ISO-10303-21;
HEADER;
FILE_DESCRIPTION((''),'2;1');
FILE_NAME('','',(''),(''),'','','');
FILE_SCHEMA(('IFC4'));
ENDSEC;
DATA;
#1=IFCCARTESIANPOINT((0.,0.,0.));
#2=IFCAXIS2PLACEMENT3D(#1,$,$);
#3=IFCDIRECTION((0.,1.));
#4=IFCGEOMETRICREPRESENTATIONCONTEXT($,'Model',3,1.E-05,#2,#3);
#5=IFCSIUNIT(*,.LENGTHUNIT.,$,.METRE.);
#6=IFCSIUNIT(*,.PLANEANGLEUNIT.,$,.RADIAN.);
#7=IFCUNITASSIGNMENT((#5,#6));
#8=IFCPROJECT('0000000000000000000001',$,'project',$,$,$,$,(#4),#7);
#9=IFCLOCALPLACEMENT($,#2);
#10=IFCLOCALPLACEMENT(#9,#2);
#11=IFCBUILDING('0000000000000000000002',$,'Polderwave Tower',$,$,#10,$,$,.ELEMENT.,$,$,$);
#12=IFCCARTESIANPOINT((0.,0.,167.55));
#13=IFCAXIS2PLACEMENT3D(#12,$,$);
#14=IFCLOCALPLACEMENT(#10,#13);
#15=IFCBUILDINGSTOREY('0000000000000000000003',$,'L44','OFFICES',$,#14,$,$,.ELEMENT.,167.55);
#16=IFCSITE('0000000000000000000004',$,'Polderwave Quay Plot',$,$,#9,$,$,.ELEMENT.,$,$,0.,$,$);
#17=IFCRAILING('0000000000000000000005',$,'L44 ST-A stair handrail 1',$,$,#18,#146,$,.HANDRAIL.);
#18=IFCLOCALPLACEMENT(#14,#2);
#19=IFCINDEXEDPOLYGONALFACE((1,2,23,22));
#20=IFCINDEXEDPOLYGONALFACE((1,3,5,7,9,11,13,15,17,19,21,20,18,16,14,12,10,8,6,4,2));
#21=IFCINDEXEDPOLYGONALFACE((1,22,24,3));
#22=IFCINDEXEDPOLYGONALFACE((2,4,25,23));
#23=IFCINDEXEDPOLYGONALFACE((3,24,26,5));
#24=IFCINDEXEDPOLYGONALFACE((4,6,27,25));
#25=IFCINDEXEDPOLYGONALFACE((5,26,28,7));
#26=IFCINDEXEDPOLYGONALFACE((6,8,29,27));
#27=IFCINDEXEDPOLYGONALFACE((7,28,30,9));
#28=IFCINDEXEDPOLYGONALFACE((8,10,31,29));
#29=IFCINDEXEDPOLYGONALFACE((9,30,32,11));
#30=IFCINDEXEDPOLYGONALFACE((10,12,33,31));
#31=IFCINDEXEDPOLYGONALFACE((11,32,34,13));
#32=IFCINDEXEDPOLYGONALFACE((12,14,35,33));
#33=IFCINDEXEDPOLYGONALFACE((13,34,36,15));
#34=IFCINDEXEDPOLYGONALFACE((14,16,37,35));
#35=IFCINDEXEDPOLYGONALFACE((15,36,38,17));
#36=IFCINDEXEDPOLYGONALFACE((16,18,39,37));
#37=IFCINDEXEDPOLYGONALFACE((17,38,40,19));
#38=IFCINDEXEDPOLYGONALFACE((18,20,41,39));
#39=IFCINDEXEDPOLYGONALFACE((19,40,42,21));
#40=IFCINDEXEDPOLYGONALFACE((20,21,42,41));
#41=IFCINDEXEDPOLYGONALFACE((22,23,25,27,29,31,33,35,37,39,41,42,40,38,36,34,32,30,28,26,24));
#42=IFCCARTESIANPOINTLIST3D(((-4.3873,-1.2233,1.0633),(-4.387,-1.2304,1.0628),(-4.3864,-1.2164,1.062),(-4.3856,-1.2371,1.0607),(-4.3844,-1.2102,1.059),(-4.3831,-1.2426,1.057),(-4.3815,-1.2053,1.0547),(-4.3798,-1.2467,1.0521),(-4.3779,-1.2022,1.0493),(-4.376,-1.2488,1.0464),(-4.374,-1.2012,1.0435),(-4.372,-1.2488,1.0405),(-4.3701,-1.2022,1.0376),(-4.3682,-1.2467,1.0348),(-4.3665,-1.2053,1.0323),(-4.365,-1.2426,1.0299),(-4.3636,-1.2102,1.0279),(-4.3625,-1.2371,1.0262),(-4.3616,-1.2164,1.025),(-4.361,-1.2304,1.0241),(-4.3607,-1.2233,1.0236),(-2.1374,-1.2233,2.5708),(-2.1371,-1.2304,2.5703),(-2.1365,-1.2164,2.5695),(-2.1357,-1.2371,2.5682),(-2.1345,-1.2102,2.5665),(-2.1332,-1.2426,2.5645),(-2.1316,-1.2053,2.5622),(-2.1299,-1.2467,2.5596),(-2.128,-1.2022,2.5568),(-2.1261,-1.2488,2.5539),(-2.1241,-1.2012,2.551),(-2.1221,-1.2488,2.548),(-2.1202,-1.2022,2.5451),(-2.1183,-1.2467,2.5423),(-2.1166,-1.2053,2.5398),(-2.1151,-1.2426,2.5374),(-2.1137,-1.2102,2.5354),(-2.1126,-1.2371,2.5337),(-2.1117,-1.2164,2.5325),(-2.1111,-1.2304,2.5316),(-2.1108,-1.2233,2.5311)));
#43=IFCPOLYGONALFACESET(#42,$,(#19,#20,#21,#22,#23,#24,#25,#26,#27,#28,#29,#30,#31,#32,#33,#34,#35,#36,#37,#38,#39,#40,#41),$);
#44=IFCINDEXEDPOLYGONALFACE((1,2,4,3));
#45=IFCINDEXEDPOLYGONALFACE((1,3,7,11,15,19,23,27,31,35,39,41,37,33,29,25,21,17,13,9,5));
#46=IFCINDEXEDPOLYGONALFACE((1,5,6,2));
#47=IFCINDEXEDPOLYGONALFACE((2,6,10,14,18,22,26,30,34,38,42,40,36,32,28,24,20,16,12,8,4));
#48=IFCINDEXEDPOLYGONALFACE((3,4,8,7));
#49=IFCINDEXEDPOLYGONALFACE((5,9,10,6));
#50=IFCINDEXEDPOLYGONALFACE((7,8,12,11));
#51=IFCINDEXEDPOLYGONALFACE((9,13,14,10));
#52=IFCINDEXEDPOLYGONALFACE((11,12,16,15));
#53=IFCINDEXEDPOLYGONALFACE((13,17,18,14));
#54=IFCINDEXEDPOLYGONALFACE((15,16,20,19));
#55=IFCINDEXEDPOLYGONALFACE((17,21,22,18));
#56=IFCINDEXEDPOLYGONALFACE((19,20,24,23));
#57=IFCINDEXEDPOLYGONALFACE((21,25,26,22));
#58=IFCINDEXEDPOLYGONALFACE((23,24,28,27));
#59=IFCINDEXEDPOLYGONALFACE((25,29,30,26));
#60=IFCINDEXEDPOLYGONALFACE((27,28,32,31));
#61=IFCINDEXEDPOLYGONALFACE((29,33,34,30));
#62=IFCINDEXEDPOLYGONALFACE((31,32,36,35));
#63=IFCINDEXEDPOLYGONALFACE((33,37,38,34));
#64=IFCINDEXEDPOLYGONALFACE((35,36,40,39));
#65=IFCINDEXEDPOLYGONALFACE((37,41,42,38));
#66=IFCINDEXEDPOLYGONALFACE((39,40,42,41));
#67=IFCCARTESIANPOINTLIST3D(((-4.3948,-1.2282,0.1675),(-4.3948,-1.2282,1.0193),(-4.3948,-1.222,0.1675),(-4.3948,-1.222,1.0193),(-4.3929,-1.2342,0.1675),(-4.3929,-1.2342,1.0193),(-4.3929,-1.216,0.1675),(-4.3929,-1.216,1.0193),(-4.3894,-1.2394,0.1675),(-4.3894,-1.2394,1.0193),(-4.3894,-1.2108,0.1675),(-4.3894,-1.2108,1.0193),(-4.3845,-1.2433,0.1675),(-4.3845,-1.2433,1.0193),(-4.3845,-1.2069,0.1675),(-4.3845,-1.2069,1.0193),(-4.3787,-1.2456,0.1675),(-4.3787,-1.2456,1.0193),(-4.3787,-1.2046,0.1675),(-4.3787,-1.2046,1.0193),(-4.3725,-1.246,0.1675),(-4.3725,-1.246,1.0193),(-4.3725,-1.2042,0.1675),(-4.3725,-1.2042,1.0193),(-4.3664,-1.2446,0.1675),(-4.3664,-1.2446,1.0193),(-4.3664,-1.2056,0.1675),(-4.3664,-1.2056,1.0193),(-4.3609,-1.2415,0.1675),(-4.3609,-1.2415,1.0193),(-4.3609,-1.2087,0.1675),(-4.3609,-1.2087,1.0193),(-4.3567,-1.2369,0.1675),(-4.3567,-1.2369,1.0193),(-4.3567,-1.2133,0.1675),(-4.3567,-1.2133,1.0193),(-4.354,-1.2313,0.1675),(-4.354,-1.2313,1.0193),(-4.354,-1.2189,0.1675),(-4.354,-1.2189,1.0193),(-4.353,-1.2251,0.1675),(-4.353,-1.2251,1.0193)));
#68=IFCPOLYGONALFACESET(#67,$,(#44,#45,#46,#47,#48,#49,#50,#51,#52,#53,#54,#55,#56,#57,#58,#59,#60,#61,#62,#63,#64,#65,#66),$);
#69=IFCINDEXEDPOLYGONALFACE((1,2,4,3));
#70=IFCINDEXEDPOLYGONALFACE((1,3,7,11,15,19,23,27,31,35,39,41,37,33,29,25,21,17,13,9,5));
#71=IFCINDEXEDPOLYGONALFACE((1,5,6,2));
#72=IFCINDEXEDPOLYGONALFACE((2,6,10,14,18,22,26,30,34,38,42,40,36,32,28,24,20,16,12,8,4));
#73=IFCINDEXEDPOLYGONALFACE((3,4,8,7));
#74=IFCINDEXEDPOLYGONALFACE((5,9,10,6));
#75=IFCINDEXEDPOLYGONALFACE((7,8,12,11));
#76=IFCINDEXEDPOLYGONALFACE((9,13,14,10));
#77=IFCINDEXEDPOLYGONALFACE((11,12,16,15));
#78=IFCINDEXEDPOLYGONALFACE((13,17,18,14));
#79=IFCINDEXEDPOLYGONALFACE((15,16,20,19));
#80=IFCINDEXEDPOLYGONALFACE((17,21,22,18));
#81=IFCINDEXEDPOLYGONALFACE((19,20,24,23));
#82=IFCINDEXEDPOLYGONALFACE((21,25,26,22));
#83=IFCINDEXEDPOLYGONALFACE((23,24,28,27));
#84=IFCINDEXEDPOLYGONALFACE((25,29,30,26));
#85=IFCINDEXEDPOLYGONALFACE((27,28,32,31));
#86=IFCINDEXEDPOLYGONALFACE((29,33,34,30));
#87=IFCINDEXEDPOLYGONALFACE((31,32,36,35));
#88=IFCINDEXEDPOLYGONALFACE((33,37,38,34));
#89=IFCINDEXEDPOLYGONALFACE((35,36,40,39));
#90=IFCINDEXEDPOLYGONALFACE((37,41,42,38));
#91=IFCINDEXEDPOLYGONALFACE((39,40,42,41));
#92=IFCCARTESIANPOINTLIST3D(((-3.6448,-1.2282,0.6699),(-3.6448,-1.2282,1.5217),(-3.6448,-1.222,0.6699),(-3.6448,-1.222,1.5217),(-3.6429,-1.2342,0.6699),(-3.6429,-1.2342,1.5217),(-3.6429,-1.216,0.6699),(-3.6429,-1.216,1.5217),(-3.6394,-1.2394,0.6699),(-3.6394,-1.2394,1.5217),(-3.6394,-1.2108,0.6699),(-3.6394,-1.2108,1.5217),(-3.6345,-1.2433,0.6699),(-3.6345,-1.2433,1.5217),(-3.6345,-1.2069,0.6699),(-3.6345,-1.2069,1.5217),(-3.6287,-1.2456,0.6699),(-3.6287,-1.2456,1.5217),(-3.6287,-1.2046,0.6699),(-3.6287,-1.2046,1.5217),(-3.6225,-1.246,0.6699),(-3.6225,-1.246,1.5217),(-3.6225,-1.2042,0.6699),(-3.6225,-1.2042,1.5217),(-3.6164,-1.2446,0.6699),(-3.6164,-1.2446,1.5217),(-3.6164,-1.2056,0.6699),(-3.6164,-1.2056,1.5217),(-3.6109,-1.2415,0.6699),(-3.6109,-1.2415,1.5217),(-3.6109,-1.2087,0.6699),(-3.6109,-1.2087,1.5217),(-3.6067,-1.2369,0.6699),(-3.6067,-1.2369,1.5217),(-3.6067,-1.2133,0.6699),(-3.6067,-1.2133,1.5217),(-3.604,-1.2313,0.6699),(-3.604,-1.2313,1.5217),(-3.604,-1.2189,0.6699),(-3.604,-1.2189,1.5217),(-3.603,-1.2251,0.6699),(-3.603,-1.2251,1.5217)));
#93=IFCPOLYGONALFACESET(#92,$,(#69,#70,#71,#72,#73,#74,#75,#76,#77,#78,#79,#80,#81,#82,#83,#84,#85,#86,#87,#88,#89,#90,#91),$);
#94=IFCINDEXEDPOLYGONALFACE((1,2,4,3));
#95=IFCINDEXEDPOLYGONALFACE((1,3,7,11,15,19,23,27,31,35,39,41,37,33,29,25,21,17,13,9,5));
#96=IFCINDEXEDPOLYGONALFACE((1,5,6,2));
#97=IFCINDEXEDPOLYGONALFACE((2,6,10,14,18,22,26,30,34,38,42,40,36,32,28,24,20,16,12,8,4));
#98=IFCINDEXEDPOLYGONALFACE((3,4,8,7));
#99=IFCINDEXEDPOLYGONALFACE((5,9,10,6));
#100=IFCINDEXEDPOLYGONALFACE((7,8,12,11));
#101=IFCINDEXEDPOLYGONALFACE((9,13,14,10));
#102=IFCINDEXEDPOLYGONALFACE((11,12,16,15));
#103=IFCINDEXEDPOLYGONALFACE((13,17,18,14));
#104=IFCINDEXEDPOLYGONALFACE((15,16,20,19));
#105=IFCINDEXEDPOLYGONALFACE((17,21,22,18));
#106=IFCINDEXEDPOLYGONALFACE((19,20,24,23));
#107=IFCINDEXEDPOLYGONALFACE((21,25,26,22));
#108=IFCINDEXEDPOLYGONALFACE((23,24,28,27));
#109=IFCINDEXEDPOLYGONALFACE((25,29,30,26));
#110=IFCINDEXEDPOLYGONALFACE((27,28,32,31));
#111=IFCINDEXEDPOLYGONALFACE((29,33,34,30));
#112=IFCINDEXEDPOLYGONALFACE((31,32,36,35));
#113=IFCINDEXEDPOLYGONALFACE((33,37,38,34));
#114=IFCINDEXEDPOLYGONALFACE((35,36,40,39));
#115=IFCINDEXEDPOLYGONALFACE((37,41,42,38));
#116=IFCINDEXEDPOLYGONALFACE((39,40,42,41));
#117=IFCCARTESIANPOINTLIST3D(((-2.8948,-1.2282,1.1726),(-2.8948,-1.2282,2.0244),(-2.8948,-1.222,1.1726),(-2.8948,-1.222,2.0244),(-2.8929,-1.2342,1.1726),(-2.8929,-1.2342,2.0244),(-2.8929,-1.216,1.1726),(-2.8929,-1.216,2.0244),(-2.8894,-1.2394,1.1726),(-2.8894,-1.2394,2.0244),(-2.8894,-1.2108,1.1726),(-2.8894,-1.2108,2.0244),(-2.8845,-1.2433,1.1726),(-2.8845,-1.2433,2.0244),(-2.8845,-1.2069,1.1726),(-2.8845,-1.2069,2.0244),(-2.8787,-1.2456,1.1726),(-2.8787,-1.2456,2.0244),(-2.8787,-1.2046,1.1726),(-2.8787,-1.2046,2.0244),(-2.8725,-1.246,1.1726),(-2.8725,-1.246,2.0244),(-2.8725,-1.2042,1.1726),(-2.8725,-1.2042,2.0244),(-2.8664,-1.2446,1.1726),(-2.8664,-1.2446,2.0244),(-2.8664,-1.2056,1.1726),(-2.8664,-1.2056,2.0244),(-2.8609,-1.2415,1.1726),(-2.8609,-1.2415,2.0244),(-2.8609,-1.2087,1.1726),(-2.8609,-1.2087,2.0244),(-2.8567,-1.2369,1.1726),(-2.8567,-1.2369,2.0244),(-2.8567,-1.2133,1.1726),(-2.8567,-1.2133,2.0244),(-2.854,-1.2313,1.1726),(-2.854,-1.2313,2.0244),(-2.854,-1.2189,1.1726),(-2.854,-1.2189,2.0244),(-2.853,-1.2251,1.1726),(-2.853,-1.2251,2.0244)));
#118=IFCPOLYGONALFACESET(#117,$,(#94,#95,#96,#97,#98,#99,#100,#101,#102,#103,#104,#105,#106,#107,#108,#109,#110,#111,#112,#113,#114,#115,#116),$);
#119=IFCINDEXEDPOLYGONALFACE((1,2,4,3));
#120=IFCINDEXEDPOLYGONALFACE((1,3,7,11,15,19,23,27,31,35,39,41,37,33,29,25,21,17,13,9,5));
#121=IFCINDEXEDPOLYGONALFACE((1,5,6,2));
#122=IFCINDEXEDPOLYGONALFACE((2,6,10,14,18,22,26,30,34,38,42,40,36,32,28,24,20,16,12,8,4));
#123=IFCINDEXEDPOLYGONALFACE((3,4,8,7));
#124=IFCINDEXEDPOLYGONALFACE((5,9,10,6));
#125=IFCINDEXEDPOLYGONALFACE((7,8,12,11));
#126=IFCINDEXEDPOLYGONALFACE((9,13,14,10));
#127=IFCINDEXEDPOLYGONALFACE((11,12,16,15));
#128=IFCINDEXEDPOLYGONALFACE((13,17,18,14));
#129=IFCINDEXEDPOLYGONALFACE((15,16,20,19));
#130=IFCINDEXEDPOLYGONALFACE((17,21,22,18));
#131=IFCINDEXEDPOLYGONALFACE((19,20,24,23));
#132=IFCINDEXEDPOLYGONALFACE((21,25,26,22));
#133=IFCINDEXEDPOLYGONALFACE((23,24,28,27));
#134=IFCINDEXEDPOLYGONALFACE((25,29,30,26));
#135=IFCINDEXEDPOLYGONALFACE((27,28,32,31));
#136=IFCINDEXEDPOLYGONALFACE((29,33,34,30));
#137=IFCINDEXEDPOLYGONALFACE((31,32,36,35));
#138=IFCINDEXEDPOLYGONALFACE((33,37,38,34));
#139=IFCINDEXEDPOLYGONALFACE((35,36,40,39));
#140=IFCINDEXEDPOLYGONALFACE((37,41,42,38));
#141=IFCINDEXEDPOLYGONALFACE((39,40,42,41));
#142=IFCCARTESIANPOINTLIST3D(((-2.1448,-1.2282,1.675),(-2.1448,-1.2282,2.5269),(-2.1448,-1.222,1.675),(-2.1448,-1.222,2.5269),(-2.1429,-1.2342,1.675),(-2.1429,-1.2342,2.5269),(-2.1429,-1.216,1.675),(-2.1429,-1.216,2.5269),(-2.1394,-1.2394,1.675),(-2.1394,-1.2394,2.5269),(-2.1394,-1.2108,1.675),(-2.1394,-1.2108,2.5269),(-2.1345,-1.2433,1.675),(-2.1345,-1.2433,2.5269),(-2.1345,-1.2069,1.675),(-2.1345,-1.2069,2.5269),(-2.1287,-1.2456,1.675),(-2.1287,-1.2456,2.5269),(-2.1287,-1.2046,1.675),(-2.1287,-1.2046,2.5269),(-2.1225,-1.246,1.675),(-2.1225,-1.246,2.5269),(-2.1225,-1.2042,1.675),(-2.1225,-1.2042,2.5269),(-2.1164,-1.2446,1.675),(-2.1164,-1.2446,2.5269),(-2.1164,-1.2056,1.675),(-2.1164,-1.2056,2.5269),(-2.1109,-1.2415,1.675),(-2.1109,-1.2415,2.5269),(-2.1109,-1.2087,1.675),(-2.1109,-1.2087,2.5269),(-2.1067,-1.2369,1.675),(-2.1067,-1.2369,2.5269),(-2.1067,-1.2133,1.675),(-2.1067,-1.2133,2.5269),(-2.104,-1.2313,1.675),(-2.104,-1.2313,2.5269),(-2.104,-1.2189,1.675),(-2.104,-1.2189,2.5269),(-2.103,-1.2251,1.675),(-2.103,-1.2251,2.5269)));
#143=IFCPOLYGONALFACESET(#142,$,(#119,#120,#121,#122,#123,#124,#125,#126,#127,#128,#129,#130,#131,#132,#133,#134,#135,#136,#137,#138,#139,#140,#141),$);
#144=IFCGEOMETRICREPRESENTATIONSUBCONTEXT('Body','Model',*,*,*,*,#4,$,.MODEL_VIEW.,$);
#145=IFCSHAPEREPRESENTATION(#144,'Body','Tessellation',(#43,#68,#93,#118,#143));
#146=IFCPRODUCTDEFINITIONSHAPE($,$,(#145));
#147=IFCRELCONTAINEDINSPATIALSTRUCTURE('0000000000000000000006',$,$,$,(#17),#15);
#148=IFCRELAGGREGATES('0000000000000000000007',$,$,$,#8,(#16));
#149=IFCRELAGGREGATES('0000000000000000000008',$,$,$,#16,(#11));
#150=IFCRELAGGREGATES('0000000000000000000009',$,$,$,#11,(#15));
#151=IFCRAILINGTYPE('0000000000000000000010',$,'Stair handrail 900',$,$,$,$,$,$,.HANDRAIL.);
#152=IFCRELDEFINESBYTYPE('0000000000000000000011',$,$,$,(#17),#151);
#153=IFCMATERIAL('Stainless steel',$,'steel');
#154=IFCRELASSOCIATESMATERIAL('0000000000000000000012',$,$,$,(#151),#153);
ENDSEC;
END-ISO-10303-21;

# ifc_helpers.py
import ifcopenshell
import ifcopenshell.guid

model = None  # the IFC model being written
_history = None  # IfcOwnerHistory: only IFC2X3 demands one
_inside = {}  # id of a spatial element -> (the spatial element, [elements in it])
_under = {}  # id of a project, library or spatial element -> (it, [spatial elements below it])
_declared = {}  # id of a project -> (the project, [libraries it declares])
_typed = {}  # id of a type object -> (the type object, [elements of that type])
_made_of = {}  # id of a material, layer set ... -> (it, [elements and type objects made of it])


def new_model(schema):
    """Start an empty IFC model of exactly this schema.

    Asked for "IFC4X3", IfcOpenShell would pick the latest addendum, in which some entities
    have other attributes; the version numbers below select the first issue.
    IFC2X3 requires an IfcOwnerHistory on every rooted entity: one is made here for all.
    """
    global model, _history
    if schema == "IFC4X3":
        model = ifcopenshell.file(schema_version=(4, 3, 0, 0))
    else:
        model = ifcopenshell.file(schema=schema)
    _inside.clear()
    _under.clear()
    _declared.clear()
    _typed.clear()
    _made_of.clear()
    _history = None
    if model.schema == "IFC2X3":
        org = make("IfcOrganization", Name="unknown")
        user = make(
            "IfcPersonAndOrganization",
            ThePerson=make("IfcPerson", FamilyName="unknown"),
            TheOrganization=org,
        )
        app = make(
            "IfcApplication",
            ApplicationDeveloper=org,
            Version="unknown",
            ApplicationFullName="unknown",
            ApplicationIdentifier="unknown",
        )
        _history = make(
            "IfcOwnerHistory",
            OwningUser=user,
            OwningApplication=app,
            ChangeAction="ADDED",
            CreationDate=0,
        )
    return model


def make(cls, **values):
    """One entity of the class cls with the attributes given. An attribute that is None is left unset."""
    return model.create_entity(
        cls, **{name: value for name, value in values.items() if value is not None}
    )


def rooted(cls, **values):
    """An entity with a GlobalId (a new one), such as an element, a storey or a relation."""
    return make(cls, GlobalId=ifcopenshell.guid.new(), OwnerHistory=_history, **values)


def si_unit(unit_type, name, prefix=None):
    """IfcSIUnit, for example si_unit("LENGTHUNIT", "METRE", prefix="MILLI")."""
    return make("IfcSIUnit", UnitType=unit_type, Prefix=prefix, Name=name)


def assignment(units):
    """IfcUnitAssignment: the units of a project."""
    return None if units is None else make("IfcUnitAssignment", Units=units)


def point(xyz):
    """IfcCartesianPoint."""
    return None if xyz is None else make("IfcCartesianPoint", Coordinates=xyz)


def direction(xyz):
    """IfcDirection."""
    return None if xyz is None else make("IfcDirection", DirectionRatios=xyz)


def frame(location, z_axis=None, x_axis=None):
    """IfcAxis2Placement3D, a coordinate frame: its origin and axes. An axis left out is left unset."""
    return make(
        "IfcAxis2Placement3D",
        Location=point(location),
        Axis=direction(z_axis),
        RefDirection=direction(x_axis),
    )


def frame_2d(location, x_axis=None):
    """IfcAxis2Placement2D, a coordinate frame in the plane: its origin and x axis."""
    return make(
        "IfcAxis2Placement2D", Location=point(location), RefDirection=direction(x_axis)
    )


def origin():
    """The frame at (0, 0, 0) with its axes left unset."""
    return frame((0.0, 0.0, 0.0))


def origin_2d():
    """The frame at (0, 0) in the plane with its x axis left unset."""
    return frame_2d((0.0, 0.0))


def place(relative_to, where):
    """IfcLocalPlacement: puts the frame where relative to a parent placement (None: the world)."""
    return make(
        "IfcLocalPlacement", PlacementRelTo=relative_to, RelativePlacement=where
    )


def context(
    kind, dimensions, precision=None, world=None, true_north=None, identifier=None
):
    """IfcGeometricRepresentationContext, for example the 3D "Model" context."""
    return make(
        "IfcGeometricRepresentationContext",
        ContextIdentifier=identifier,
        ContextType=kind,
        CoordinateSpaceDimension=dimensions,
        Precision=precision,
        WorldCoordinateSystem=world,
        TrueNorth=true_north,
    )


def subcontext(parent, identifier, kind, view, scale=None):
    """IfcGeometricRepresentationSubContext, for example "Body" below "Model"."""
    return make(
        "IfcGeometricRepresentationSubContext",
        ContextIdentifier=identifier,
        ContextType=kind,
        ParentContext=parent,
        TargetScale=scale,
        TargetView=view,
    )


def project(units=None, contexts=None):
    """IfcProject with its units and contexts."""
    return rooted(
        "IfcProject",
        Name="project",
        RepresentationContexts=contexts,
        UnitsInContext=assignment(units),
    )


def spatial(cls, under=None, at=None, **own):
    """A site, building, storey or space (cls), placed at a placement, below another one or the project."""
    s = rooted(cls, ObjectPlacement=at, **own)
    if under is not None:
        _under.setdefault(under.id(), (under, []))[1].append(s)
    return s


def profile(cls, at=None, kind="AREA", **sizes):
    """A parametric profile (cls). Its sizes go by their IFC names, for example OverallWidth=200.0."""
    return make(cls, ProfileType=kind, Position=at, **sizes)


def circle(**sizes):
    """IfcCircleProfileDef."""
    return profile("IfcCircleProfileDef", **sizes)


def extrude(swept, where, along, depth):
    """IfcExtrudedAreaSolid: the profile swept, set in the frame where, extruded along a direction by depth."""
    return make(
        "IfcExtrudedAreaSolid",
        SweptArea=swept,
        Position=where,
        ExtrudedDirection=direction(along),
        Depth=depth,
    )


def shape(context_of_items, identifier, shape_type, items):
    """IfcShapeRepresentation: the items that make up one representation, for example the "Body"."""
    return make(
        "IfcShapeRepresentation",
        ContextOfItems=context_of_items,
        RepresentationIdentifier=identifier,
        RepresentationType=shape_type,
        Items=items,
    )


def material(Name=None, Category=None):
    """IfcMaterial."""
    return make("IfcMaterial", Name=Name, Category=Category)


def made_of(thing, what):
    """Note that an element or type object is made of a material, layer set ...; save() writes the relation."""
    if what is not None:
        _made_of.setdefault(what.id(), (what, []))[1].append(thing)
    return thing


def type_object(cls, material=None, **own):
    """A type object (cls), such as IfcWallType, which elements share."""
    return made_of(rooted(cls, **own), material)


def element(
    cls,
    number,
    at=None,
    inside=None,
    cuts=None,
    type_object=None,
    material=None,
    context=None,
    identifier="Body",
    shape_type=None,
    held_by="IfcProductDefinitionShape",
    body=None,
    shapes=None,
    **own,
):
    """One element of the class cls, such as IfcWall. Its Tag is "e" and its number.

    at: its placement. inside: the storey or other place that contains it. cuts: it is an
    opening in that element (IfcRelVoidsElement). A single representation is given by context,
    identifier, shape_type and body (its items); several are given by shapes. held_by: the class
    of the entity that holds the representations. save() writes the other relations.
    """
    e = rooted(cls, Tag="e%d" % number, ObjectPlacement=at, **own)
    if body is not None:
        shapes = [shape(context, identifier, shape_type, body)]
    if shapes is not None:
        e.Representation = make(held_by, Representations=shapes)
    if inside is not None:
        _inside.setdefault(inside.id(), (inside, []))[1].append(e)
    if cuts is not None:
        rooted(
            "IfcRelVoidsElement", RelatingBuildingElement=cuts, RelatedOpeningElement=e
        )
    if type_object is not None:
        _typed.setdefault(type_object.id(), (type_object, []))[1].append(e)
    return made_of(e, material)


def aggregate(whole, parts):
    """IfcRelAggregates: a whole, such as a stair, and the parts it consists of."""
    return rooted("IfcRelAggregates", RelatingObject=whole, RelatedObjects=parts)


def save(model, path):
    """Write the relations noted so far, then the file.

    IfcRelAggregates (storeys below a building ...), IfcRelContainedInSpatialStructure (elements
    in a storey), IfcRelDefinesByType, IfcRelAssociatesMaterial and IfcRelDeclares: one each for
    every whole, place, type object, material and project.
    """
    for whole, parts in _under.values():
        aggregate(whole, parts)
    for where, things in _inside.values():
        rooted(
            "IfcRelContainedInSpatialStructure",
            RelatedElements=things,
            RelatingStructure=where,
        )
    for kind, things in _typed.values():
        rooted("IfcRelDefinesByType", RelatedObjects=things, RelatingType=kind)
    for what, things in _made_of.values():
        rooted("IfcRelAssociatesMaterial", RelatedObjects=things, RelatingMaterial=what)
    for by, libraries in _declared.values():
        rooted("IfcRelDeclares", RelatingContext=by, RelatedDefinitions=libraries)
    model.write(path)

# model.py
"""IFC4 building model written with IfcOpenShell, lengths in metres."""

from ifc_helpers import new_model, si_unit, direction, frame, origin, origin_2d, place, context, subcontext, project, spatial, circle, extrude, material, type_object, element, save


model = new_model("IFC4")

# Units and contexts
model_context = context("Model", 3, precision=1e-05, world=origin(), true_north=direction((0.0, 1.0)))
body_context = subcontext(model_context, "Body", "Model", "MODEL_VIEW")
ifc_project = project(units=[si_unit("LENGTHUNIT", "METRE"), si_unit("PLANEANGLEUNIT", "RADIAN")], contexts=[model_context])

# Site, building, storey
site_placement = place(None, origin())
site = spatial("IfcSite", under=ifc_project, at=site_placement, Name="Polderwave Quay Plot", CompositionType="ELEMENT", RefElevation=0.0)
building_placement = place(site_placement, origin())
building = spatial("IfcBuilding", under=site, at=building_placement, Name="Polderwave Tower", CompositionType="ELEMENT")
storey_placement = place(building_placement, frame((0.0, 0.0, 167.55)))
storey = spatial("IfcBuildingStorey", under=building, at=storey_placement, Name="L44", Description="OFFICES", CompositionType="ELEMENT", Elevation=167.55)

# Shared definitions
ifc_material_1 = material(Name="Stainless steel", Category="steel")

# Railing
railing_type_1 = type_object("IfcRailingType", Name="Stair handrail 900", PredefinedType="HANDRAIL", material=ifc_material_1)
railing_1_placement = place(storey_placement, frame((-4.374, -1.2251, 0.1675)))
element("IfcRailing", 1, at=railing_1_placement, inside=storey, type_object=railing_type_1, Name="L44 ST-A stair handrail 1", PredefinedType="HANDRAIL", context=body_context, shape_type="SweptSolid", body=[
    extrude(circle(Radius=0.0239, at=origin_2d()), frame((0.0, 0.0, 0.876), z_axis=(0.830758, 0.0, 0.556633), x_axis=(0.0, 1.0, 0.0)), (0.0, 0.0, 1.0), 2.7083),
    extrude(circle(Radius=0.021, at=origin_2d()), origin(), (0.0, 0.0, 1.0), 0.8518),
    extrude(circle(Radius=0.021, at=origin_2d()), frame((0.75, 0.0, 0.5024)), (0.0, 0.0, 1.0), 0.8518),
    extrude(circle(Radius=0.021, at=origin_2d()), frame((1.5, 0.0, 1.0051)), (0.0, 0.0, 1.0), 0.8518),
    extrude(circle(Radius=0.021, at=origin_2d()), frame((2.25, 0.0, 1.5076)), (0.0, 0.0, 1.0), 0.8518),
])

save(model, "model.ifc")
